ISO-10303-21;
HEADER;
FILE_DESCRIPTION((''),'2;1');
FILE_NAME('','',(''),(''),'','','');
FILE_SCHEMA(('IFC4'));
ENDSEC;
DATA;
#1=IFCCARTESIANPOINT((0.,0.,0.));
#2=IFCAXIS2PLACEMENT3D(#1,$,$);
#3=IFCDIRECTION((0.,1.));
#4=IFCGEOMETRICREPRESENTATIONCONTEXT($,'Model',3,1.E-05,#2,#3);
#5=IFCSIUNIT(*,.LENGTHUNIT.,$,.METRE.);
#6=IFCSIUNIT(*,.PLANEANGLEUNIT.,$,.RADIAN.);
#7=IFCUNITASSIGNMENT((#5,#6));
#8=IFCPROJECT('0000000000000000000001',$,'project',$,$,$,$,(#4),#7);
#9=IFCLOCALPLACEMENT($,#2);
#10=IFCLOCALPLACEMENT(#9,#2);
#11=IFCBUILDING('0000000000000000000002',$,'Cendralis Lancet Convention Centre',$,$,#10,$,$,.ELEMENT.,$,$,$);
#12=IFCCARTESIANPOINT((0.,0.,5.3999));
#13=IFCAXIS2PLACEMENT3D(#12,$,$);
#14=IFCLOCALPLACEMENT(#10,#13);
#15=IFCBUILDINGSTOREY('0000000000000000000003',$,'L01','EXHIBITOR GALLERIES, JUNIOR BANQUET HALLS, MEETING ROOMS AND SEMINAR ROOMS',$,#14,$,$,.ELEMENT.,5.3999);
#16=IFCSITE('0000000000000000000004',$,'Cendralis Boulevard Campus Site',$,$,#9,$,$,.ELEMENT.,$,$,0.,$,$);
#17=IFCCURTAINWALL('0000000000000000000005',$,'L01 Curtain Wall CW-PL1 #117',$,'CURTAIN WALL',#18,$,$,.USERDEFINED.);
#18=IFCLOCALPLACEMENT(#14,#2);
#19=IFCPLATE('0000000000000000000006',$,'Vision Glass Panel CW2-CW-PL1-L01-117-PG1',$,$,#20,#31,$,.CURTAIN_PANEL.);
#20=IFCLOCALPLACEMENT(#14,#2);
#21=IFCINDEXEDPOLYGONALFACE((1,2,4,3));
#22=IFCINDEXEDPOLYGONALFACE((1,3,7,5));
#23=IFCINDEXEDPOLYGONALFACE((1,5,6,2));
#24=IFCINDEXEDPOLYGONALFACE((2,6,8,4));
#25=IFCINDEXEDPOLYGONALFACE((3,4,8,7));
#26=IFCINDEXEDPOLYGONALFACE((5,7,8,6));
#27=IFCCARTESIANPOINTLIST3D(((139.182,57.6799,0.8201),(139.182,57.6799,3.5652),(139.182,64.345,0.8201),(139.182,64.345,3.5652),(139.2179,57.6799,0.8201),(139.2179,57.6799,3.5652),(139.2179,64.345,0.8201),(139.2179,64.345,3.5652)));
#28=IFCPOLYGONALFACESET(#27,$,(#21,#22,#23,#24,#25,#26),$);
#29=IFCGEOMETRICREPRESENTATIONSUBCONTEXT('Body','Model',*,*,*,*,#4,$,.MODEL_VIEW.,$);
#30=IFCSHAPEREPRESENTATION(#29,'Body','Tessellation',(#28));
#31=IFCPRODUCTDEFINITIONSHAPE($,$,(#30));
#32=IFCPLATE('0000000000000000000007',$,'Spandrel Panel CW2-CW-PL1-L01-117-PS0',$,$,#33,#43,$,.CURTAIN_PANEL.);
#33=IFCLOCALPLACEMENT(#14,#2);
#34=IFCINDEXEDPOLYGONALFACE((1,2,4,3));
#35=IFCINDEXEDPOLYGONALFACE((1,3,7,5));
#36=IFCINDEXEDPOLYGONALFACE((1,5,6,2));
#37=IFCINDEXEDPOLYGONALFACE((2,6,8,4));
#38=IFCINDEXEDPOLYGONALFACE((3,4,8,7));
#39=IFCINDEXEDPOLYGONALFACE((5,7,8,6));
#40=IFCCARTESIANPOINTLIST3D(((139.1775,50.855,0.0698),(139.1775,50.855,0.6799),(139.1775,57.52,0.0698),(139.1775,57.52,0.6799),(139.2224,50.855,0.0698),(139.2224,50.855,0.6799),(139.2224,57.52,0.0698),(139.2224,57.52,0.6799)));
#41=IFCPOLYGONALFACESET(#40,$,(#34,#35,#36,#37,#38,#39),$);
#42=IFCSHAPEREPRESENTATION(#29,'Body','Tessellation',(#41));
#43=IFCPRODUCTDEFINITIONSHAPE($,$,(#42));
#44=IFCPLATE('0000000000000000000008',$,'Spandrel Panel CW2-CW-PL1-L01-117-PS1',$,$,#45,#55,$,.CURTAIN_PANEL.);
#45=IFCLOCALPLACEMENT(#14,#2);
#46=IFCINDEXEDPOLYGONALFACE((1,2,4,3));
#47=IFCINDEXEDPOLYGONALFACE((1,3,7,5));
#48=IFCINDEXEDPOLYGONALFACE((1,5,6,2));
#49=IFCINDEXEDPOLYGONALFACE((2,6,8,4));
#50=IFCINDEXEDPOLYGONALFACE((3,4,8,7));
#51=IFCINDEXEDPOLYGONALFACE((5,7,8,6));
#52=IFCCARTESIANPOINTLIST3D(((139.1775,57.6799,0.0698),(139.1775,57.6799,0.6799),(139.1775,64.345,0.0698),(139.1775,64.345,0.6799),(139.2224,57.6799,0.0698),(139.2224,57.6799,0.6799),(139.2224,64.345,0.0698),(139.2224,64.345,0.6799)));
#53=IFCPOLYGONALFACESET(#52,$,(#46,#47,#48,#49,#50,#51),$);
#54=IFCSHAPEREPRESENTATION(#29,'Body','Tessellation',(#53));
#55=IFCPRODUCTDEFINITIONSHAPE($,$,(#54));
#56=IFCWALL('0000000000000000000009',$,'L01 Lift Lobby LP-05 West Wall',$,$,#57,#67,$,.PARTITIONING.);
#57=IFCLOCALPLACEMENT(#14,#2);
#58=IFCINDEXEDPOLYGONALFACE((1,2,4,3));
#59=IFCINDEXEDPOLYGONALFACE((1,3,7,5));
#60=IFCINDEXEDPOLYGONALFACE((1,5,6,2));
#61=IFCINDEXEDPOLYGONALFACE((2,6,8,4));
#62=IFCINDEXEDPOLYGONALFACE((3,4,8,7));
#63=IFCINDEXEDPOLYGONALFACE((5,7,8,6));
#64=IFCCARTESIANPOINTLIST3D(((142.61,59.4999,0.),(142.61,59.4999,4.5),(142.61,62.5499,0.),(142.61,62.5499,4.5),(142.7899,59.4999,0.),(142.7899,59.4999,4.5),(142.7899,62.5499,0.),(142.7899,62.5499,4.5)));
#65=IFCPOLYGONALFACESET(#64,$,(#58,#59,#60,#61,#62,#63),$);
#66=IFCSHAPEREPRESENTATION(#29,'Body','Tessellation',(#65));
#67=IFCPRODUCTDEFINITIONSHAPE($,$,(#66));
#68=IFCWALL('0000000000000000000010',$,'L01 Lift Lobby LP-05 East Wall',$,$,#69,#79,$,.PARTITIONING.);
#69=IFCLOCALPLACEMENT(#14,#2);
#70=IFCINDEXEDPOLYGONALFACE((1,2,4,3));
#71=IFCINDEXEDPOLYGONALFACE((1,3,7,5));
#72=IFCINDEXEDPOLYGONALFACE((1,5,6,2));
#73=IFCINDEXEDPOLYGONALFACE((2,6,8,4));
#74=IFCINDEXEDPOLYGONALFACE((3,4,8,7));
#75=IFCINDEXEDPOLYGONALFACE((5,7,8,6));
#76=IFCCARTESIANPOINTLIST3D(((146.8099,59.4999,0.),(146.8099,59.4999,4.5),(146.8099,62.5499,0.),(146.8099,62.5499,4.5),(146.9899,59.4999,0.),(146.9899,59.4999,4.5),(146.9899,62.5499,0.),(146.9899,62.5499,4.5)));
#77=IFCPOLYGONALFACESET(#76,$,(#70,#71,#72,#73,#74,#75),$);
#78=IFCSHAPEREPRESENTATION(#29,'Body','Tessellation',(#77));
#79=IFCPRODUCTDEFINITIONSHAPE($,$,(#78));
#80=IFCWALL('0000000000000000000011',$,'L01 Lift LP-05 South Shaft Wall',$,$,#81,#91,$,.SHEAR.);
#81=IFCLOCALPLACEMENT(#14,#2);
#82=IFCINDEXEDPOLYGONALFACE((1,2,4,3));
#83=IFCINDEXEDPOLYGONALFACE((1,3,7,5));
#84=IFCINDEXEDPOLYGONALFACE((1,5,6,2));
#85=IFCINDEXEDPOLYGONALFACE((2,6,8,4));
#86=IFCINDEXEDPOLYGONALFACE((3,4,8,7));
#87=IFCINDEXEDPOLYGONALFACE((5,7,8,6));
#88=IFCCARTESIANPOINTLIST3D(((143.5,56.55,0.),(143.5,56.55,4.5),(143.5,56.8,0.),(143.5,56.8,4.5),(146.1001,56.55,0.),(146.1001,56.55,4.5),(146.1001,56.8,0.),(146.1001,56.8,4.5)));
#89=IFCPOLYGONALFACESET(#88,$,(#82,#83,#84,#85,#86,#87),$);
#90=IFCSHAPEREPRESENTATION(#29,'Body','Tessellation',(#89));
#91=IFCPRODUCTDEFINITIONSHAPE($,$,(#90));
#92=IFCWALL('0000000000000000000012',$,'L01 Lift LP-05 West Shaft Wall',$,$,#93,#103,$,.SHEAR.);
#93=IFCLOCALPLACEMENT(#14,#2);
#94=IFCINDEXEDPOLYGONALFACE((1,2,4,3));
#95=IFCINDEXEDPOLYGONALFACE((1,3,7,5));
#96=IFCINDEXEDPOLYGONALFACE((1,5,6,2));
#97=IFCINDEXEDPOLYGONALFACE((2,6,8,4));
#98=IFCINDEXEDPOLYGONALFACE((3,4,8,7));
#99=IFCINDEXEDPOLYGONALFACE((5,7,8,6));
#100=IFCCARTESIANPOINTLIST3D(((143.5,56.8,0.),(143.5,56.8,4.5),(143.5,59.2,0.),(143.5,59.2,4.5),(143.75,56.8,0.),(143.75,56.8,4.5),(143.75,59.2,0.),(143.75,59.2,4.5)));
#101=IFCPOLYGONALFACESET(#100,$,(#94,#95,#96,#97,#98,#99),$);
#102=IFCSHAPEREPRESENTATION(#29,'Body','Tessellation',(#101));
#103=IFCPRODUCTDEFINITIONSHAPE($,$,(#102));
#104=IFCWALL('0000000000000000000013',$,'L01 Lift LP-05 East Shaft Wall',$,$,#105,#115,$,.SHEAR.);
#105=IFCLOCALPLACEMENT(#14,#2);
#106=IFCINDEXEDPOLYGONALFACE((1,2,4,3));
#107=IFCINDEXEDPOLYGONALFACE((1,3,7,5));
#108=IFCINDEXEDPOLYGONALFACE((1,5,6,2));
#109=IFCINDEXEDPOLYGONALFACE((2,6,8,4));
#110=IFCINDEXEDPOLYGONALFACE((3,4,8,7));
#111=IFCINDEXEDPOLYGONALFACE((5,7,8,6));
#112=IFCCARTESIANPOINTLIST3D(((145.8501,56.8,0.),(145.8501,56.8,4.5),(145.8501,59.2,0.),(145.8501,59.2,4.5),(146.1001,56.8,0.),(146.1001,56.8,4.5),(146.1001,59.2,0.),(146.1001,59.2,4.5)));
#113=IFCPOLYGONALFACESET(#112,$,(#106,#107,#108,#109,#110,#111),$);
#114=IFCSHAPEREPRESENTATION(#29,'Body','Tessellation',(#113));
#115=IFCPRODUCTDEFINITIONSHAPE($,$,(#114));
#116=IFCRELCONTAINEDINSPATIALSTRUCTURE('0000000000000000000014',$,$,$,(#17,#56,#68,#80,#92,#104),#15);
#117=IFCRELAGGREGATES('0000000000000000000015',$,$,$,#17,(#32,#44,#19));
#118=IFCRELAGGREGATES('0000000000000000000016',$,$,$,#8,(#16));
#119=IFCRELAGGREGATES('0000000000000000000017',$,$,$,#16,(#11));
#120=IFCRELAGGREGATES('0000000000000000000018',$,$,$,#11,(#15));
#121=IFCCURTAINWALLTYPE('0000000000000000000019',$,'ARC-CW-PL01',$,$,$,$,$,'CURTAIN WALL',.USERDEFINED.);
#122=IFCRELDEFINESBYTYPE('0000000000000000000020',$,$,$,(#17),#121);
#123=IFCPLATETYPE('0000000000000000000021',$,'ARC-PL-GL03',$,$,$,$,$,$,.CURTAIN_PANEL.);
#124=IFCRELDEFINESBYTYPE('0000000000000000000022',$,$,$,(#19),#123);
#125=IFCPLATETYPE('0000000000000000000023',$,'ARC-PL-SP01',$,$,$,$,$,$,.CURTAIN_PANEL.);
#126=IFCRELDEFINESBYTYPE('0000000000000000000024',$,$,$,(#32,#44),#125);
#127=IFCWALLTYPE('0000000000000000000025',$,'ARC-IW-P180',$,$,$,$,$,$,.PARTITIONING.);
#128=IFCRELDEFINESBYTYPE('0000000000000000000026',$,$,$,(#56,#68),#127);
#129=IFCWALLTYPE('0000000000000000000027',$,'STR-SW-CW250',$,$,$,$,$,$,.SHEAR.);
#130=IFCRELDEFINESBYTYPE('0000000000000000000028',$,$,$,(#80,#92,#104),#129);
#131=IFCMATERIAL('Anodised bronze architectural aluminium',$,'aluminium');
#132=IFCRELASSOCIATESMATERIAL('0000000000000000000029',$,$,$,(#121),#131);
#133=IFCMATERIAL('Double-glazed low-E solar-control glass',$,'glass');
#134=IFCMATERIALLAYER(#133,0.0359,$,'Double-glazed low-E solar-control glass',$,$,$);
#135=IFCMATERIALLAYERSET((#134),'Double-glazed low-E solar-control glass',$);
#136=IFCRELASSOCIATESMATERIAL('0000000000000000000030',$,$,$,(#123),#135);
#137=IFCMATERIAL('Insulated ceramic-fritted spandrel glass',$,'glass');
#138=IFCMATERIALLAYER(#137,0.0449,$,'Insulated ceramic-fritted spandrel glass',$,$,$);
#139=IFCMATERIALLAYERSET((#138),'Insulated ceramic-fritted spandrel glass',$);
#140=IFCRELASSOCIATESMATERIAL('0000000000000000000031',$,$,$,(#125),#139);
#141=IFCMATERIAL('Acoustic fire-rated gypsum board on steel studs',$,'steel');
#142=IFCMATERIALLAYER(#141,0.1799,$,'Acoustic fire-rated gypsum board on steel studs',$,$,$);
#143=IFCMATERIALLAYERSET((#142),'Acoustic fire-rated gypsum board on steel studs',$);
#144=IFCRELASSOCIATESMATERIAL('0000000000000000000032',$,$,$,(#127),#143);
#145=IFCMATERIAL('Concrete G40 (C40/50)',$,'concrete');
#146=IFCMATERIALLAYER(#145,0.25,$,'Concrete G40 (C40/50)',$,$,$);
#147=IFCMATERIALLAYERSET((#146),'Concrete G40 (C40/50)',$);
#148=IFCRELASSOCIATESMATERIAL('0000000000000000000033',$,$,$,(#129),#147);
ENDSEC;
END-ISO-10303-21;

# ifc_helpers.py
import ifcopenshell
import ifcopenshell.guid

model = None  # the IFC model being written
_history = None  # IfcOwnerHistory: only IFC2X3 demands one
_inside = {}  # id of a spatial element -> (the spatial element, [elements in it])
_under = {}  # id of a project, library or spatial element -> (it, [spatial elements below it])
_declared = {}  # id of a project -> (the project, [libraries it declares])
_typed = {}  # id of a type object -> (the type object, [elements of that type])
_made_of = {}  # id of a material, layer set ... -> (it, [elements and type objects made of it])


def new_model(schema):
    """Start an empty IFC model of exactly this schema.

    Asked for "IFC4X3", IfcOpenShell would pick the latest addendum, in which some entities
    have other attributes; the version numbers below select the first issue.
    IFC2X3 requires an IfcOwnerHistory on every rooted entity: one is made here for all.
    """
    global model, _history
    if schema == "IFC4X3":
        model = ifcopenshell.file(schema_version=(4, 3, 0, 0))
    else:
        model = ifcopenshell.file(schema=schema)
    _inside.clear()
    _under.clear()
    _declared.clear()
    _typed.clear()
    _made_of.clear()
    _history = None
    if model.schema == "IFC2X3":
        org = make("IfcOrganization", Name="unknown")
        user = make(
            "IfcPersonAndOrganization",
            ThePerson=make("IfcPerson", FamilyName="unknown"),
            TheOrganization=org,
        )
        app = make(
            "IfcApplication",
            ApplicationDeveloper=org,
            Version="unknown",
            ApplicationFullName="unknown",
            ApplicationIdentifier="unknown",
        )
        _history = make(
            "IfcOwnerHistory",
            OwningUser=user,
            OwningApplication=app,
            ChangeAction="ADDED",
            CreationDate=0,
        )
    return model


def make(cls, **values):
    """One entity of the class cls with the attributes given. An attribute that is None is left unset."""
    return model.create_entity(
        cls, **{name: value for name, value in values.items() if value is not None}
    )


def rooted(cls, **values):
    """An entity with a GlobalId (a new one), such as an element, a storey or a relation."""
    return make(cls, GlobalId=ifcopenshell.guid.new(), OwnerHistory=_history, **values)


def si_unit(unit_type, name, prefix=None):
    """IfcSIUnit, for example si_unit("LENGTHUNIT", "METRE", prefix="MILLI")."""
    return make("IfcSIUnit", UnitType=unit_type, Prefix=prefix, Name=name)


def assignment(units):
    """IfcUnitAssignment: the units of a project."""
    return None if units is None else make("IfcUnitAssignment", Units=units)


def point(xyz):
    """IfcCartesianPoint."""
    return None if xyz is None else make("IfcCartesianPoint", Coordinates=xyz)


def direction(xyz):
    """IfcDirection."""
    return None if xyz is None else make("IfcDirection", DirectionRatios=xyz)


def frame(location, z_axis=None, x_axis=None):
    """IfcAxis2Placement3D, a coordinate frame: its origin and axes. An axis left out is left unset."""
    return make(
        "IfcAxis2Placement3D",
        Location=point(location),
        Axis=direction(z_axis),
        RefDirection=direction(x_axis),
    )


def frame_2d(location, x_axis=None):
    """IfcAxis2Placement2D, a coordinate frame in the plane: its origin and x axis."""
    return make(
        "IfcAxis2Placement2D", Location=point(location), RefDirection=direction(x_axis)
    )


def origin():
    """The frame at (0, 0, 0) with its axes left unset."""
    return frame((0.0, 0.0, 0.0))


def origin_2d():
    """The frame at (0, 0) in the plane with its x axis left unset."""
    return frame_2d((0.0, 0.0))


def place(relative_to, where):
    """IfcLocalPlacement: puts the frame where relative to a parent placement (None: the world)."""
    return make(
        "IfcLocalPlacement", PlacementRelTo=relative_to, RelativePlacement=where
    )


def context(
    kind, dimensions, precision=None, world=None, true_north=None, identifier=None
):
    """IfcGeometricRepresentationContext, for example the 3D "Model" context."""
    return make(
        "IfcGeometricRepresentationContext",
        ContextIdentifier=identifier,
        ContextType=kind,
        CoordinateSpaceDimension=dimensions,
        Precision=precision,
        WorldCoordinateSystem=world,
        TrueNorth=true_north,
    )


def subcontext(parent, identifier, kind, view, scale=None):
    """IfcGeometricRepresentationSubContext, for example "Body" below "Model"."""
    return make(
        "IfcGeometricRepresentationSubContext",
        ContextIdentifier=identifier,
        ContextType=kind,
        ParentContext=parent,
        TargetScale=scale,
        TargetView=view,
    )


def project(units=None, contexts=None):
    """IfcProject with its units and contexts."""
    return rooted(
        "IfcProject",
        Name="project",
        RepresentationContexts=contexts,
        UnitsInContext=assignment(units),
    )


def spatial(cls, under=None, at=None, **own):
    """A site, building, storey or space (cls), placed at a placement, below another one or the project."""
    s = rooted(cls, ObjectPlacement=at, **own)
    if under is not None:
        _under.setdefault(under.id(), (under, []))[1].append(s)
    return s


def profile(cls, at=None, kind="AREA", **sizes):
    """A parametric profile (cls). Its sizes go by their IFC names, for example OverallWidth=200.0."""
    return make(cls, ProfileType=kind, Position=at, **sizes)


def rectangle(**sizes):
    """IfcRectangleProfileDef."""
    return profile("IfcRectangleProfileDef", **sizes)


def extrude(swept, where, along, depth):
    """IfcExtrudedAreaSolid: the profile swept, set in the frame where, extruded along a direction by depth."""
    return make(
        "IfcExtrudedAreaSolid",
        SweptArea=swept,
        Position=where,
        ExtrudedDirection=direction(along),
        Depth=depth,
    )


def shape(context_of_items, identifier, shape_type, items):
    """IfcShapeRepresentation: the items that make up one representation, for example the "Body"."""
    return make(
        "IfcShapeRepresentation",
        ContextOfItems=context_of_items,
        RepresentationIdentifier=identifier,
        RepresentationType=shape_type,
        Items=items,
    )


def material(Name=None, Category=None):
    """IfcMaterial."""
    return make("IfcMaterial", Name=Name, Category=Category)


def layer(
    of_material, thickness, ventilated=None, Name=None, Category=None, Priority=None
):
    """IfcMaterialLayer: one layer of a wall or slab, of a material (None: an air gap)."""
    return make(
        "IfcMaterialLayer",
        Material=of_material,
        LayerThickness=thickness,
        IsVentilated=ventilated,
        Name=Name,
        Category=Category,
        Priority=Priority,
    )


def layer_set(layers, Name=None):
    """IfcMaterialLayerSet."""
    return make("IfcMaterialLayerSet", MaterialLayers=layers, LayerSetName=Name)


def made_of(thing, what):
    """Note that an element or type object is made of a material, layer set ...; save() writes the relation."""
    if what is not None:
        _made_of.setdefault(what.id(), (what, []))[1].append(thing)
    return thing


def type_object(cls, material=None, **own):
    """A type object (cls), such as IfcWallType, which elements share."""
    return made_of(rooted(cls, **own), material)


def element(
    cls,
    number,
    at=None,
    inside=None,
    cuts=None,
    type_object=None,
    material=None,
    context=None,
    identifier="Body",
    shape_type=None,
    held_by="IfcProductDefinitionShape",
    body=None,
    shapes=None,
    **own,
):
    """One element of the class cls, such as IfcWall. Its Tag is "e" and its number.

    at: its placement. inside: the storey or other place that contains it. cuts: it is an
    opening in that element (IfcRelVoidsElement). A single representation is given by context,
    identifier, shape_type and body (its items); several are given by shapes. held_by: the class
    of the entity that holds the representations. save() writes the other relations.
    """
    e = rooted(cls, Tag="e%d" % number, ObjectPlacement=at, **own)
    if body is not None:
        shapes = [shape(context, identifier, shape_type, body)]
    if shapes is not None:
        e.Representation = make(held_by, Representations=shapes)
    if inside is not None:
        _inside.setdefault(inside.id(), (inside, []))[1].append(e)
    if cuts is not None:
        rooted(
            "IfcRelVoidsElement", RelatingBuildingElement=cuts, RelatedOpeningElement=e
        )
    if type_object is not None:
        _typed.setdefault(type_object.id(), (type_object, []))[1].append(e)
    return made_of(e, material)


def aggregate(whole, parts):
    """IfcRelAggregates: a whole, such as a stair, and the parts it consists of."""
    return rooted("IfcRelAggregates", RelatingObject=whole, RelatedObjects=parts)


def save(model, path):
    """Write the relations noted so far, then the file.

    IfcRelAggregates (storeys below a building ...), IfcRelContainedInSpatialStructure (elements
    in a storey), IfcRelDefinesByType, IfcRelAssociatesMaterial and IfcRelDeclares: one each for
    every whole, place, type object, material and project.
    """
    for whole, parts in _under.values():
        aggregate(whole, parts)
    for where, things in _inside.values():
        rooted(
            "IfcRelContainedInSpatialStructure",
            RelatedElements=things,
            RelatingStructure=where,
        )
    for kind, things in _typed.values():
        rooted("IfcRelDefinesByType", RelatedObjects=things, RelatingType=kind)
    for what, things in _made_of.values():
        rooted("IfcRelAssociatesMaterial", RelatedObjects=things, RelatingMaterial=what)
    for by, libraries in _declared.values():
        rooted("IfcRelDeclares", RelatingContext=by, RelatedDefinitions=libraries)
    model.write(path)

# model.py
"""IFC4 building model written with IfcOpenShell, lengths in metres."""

from ifc_helpers import new_model, si_unit, direction, frame, frame_2d, origin, origin_2d, place, context, subcontext, project, spatial, rectangle, extrude, material, layer, layer_set, type_object, element, aggregate, save


model = new_model("IFC4")

# Units and contexts
model_context = context("Model", 3, precision=1e-05, world=origin(), true_north=direction((0.0, 1.0)))
body_context = subcontext(model_context, "Body", "Model", "MODEL_VIEW")
ifc_project = project(units=[si_unit("LENGTHUNIT", "METRE"), si_unit("PLANEANGLEUNIT", "RADIAN")], contexts=[model_context])

# Site, building, storey
site_placement = place(None, origin())
site = spatial("IfcSite", under=ifc_project, at=site_placement, Name="Cendralis Boulevard Campus Site", CompositionType="ELEMENT", RefElevation=0.0)
building_placement = place(site_placement, origin())
building = spatial("IfcBuilding", under=site, at=building_placement, Name="Cendralis Lancet Convention Centre", CompositionType="ELEMENT")
storey_placement = place(building_placement, frame((0.0, 0.0, 5.3999)))
storey = spatial("IfcBuildingStorey", under=building, at=storey_placement, Name="L01", Description="EXHIBITOR GALLERIES, JUNIOR BANQUET HALLS, MEETING ROOMS AND SEMINAR ROOMS", CompositionType="ELEMENT", Elevation=5.3999)

# Shared definitions
ifc_material_1 = material(Name="Concrete G40 (C40/50)", Category="concrete")

# Curtain wall
ifc_material_2 = material(Name="Anodised bronze architectural aluminium", Category="aluminium")
curtain_wall_type = type_object("IfcCurtainWallType", Name="ARC-CW-PL01", ElementType="CURTAIN WALL", PredefinedType="USERDEFINED", material=ifc_material_2)
curtain_wall_placement = place(storey_placement, origin())
curtain_wall = element("IfcCurtainWall", 1, at=curtain_wall_placement, inside=storey, type_object=curtain_wall_type, Name="L01 Curtain Wall CW-PL1 #117", ObjectType="CURTAIN WALL", PredefinedType="USERDEFINED")

# Plates
ifc_material_3 = material(Name="Double-glazed low-E solar-control glass", Category="glass")
ifc_layer_1 = layer(ifc_material_3, 0.0359, Name="Double-glazed low-E solar-control glass")
ifc_layer_set_1 = layer_set([ifc_layer_1], Name="Double-glazed low-E solar-control glass")
plate_type_1 = type_object("IfcPlateType", Name="ARC-PL-GL03", PredefinedType="CURTAIN_PANEL", material=ifc_layer_set_1)
plate_1_placement = place(storey_placement, frame((139.2, 61.0125, 0.8201), z_axis=(0.0, 0.0, 1.0), x_axis=(0.0, 1.0, 0.0)))
plate_1 = element("IfcPlate", 2, at=plate_1_placement, type_object=plate_type_1, Name="Vision Glass Panel CW2-CW-PL1-L01-117-PG1", PredefinedType="CURTAIN_PANEL", context=body_context, shape_type="SweptSolid", body=[
    extrude(rectangle(XDim=6.665, YDim=0.0359, at=origin_2d()), origin(), (0.0, 0.0, 1.0), 2.7451),
])
ifc_material_4 = material(Name="Insulated ceramic-fritted spandrel glass", Category="glass")
ifc_layer_2 = layer(ifc_material_4, 0.0449, Name="Insulated ceramic-fritted spandrel glass")
ifc_layer_set_2 = layer_set([ifc_layer_2], Name="Insulated ceramic-fritted spandrel glass")
plate_type_2 = type_object("IfcPlateType", Name="ARC-PL-SP01", PredefinedType="CURTAIN_PANEL", material=ifc_layer_set_2)
plate_2_placement = place(storey_placement, frame((139.2, 54.1875, 0.0698), z_axis=(0.0, 0.0, 1.0), x_axis=(0.0, 1.0, 0.0)))
plate_2 = element("IfcPlate", 3, at=plate_2_placement, type_object=plate_type_2, Name="Spandrel Panel CW2-CW-PL1-L01-117-PS0", PredefinedType="CURTAIN_PANEL", context=body_context, shape_type="SweptSolid", body=[
    extrude(rectangle(XDim=6.665, YDim=0.0449, at=origin_2d()), origin(), (0.0, 0.0, 1.0), 0.6101),
])
plate_3_placement = place(storey_placement, frame((139.2, 61.0125, 0.0698), z_axis=(0.0, 0.0, 1.0), x_axis=(0.0, 1.0, 0.0)))
plate_3 = element("IfcPlate", 4, at=plate_3_placement, type_object=plate_type_2, Name="Spandrel Panel CW2-CW-PL1-L01-117-PS1", PredefinedType="CURTAIN_PANEL", context=body_context, shape_type="SweptSolid", body=[
    extrude(rectangle(XDim=6.665, YDim=0.0449, at=origin_2d()), origin(), (0.0, 0.0, 1.0), 0.6101),
])
aggregate(curtain_wall, [plate_2, plate_3, plate_1])

# Shared definitions
ifc_material_5 = material(Name="Acoustic fire-rated gypsum board on steel studs", Category="steel")
ifc_layer_3 = layer(ifc_material_5, 0.1799, Name="Acoustic fire-rated gypsum board on steel studs")
ifc_layer_set_3 = layer_set([ifc_layer_3], Name="Acoustic fire-rated gypsum board on steel studs")
wall_type_1 = type_object("IfcWallType", Name="ARC-IW-P180", PredefinedType="PARTITIONING", material=ifc_layer_set_3)

# Walls
for number, where, z_axis, x_axis, name in (
    (5, (142.7, 59.5, 0.0), (0.0, 0.0, 1.0), (0.0, 1.0, 0.0), "L01 Lift Lobby LP-05 West Wall"),
    (6, (146.8999, 59.5, 0.0), (0.0, 0.0, 1.0), (0.0, 1.0, 0.0), "L01 Lift Lobby LP-05 East Wall"),
):
    element("IfcWall", number, at=place(storey_placement, frame(where, z_axis=z_axis, x_axis=x_axis)), inside=storey, type_object=wall_type_1, Name=name, PredefinedType="PARTITIONING", context=body_context, shape_type="SweptSolid", body=[
        extrude(rectangle(XDim=3.05, YDim=0.1799, at=frame_2d((1.5249, 0.0))), origin(), (0.0, 0.0, 1.0), 4.5),
    ])
ifc_layer_4 = layer(ifc_material_1, 0.25, Name="Concrete G40 (C40/50)")
ifc_layer_set_4 = layer_set([ifc_layer_4], Name="Concrete G40 (C40/50)")
wall_type_2 = type_object("IfcWallType", Name="STR-SW-CW250", PredefinedType="SHEAR", material=ifc_layer_set_4)
wall_1_placement = place(storey_placement, frame((143.5, 56.675, 0.0), z_axis=(0.0, 0.0, 1.0), x_axis=(1.0, 0.0, 0.0)))
element("IfcWall", 7, at=wall_1_placement, inside=storey, type_object=wall_type_2, Name="L01 Lift LP-05 South Shaft Wall", PredefinedType="SHEAR", context=body_context, shape_type="SweptSolid", body=[
    extrude(rectangle(XDim=2.6001, YDim=0.25, at=frame_2d((1.3, 0.0))), origin(), (0.0, 0.0, 1.0), 4.5),
])

# Walls
for number, where, z_axis, x_axis, name in (
    (8, (143.625, 56.8, 0.0), (0.0, 0.0, 1.0), (0.0, 1.0, 0.0), "L01 Lift LP-05 West Shaft Wall"),
    (9, (145.9751, 56.8, 0.0), (0.0, 0.0, 1.0), (0.0, 1.0, 0.0), "L01 Lift LP-05 East Shaft Wall"),
):
    element("IfcWall", number, at=place(storey_placement, frame(where, z_axis=z_axis, x_axis=x_axis)), inside=storey, type_object=wall_type_2, Name=name, PredefinedType="SHEAR", context=body_context, shape_type="SweptSolid", body=[
        extrude(rectangle(XDim=2.3999, YDim=0.25, at=frame_2d((1.2, 0.0))), origin(), (0.0, 0.0, 1.0), 4.5),
    ])

save(model, "model.ifc")
